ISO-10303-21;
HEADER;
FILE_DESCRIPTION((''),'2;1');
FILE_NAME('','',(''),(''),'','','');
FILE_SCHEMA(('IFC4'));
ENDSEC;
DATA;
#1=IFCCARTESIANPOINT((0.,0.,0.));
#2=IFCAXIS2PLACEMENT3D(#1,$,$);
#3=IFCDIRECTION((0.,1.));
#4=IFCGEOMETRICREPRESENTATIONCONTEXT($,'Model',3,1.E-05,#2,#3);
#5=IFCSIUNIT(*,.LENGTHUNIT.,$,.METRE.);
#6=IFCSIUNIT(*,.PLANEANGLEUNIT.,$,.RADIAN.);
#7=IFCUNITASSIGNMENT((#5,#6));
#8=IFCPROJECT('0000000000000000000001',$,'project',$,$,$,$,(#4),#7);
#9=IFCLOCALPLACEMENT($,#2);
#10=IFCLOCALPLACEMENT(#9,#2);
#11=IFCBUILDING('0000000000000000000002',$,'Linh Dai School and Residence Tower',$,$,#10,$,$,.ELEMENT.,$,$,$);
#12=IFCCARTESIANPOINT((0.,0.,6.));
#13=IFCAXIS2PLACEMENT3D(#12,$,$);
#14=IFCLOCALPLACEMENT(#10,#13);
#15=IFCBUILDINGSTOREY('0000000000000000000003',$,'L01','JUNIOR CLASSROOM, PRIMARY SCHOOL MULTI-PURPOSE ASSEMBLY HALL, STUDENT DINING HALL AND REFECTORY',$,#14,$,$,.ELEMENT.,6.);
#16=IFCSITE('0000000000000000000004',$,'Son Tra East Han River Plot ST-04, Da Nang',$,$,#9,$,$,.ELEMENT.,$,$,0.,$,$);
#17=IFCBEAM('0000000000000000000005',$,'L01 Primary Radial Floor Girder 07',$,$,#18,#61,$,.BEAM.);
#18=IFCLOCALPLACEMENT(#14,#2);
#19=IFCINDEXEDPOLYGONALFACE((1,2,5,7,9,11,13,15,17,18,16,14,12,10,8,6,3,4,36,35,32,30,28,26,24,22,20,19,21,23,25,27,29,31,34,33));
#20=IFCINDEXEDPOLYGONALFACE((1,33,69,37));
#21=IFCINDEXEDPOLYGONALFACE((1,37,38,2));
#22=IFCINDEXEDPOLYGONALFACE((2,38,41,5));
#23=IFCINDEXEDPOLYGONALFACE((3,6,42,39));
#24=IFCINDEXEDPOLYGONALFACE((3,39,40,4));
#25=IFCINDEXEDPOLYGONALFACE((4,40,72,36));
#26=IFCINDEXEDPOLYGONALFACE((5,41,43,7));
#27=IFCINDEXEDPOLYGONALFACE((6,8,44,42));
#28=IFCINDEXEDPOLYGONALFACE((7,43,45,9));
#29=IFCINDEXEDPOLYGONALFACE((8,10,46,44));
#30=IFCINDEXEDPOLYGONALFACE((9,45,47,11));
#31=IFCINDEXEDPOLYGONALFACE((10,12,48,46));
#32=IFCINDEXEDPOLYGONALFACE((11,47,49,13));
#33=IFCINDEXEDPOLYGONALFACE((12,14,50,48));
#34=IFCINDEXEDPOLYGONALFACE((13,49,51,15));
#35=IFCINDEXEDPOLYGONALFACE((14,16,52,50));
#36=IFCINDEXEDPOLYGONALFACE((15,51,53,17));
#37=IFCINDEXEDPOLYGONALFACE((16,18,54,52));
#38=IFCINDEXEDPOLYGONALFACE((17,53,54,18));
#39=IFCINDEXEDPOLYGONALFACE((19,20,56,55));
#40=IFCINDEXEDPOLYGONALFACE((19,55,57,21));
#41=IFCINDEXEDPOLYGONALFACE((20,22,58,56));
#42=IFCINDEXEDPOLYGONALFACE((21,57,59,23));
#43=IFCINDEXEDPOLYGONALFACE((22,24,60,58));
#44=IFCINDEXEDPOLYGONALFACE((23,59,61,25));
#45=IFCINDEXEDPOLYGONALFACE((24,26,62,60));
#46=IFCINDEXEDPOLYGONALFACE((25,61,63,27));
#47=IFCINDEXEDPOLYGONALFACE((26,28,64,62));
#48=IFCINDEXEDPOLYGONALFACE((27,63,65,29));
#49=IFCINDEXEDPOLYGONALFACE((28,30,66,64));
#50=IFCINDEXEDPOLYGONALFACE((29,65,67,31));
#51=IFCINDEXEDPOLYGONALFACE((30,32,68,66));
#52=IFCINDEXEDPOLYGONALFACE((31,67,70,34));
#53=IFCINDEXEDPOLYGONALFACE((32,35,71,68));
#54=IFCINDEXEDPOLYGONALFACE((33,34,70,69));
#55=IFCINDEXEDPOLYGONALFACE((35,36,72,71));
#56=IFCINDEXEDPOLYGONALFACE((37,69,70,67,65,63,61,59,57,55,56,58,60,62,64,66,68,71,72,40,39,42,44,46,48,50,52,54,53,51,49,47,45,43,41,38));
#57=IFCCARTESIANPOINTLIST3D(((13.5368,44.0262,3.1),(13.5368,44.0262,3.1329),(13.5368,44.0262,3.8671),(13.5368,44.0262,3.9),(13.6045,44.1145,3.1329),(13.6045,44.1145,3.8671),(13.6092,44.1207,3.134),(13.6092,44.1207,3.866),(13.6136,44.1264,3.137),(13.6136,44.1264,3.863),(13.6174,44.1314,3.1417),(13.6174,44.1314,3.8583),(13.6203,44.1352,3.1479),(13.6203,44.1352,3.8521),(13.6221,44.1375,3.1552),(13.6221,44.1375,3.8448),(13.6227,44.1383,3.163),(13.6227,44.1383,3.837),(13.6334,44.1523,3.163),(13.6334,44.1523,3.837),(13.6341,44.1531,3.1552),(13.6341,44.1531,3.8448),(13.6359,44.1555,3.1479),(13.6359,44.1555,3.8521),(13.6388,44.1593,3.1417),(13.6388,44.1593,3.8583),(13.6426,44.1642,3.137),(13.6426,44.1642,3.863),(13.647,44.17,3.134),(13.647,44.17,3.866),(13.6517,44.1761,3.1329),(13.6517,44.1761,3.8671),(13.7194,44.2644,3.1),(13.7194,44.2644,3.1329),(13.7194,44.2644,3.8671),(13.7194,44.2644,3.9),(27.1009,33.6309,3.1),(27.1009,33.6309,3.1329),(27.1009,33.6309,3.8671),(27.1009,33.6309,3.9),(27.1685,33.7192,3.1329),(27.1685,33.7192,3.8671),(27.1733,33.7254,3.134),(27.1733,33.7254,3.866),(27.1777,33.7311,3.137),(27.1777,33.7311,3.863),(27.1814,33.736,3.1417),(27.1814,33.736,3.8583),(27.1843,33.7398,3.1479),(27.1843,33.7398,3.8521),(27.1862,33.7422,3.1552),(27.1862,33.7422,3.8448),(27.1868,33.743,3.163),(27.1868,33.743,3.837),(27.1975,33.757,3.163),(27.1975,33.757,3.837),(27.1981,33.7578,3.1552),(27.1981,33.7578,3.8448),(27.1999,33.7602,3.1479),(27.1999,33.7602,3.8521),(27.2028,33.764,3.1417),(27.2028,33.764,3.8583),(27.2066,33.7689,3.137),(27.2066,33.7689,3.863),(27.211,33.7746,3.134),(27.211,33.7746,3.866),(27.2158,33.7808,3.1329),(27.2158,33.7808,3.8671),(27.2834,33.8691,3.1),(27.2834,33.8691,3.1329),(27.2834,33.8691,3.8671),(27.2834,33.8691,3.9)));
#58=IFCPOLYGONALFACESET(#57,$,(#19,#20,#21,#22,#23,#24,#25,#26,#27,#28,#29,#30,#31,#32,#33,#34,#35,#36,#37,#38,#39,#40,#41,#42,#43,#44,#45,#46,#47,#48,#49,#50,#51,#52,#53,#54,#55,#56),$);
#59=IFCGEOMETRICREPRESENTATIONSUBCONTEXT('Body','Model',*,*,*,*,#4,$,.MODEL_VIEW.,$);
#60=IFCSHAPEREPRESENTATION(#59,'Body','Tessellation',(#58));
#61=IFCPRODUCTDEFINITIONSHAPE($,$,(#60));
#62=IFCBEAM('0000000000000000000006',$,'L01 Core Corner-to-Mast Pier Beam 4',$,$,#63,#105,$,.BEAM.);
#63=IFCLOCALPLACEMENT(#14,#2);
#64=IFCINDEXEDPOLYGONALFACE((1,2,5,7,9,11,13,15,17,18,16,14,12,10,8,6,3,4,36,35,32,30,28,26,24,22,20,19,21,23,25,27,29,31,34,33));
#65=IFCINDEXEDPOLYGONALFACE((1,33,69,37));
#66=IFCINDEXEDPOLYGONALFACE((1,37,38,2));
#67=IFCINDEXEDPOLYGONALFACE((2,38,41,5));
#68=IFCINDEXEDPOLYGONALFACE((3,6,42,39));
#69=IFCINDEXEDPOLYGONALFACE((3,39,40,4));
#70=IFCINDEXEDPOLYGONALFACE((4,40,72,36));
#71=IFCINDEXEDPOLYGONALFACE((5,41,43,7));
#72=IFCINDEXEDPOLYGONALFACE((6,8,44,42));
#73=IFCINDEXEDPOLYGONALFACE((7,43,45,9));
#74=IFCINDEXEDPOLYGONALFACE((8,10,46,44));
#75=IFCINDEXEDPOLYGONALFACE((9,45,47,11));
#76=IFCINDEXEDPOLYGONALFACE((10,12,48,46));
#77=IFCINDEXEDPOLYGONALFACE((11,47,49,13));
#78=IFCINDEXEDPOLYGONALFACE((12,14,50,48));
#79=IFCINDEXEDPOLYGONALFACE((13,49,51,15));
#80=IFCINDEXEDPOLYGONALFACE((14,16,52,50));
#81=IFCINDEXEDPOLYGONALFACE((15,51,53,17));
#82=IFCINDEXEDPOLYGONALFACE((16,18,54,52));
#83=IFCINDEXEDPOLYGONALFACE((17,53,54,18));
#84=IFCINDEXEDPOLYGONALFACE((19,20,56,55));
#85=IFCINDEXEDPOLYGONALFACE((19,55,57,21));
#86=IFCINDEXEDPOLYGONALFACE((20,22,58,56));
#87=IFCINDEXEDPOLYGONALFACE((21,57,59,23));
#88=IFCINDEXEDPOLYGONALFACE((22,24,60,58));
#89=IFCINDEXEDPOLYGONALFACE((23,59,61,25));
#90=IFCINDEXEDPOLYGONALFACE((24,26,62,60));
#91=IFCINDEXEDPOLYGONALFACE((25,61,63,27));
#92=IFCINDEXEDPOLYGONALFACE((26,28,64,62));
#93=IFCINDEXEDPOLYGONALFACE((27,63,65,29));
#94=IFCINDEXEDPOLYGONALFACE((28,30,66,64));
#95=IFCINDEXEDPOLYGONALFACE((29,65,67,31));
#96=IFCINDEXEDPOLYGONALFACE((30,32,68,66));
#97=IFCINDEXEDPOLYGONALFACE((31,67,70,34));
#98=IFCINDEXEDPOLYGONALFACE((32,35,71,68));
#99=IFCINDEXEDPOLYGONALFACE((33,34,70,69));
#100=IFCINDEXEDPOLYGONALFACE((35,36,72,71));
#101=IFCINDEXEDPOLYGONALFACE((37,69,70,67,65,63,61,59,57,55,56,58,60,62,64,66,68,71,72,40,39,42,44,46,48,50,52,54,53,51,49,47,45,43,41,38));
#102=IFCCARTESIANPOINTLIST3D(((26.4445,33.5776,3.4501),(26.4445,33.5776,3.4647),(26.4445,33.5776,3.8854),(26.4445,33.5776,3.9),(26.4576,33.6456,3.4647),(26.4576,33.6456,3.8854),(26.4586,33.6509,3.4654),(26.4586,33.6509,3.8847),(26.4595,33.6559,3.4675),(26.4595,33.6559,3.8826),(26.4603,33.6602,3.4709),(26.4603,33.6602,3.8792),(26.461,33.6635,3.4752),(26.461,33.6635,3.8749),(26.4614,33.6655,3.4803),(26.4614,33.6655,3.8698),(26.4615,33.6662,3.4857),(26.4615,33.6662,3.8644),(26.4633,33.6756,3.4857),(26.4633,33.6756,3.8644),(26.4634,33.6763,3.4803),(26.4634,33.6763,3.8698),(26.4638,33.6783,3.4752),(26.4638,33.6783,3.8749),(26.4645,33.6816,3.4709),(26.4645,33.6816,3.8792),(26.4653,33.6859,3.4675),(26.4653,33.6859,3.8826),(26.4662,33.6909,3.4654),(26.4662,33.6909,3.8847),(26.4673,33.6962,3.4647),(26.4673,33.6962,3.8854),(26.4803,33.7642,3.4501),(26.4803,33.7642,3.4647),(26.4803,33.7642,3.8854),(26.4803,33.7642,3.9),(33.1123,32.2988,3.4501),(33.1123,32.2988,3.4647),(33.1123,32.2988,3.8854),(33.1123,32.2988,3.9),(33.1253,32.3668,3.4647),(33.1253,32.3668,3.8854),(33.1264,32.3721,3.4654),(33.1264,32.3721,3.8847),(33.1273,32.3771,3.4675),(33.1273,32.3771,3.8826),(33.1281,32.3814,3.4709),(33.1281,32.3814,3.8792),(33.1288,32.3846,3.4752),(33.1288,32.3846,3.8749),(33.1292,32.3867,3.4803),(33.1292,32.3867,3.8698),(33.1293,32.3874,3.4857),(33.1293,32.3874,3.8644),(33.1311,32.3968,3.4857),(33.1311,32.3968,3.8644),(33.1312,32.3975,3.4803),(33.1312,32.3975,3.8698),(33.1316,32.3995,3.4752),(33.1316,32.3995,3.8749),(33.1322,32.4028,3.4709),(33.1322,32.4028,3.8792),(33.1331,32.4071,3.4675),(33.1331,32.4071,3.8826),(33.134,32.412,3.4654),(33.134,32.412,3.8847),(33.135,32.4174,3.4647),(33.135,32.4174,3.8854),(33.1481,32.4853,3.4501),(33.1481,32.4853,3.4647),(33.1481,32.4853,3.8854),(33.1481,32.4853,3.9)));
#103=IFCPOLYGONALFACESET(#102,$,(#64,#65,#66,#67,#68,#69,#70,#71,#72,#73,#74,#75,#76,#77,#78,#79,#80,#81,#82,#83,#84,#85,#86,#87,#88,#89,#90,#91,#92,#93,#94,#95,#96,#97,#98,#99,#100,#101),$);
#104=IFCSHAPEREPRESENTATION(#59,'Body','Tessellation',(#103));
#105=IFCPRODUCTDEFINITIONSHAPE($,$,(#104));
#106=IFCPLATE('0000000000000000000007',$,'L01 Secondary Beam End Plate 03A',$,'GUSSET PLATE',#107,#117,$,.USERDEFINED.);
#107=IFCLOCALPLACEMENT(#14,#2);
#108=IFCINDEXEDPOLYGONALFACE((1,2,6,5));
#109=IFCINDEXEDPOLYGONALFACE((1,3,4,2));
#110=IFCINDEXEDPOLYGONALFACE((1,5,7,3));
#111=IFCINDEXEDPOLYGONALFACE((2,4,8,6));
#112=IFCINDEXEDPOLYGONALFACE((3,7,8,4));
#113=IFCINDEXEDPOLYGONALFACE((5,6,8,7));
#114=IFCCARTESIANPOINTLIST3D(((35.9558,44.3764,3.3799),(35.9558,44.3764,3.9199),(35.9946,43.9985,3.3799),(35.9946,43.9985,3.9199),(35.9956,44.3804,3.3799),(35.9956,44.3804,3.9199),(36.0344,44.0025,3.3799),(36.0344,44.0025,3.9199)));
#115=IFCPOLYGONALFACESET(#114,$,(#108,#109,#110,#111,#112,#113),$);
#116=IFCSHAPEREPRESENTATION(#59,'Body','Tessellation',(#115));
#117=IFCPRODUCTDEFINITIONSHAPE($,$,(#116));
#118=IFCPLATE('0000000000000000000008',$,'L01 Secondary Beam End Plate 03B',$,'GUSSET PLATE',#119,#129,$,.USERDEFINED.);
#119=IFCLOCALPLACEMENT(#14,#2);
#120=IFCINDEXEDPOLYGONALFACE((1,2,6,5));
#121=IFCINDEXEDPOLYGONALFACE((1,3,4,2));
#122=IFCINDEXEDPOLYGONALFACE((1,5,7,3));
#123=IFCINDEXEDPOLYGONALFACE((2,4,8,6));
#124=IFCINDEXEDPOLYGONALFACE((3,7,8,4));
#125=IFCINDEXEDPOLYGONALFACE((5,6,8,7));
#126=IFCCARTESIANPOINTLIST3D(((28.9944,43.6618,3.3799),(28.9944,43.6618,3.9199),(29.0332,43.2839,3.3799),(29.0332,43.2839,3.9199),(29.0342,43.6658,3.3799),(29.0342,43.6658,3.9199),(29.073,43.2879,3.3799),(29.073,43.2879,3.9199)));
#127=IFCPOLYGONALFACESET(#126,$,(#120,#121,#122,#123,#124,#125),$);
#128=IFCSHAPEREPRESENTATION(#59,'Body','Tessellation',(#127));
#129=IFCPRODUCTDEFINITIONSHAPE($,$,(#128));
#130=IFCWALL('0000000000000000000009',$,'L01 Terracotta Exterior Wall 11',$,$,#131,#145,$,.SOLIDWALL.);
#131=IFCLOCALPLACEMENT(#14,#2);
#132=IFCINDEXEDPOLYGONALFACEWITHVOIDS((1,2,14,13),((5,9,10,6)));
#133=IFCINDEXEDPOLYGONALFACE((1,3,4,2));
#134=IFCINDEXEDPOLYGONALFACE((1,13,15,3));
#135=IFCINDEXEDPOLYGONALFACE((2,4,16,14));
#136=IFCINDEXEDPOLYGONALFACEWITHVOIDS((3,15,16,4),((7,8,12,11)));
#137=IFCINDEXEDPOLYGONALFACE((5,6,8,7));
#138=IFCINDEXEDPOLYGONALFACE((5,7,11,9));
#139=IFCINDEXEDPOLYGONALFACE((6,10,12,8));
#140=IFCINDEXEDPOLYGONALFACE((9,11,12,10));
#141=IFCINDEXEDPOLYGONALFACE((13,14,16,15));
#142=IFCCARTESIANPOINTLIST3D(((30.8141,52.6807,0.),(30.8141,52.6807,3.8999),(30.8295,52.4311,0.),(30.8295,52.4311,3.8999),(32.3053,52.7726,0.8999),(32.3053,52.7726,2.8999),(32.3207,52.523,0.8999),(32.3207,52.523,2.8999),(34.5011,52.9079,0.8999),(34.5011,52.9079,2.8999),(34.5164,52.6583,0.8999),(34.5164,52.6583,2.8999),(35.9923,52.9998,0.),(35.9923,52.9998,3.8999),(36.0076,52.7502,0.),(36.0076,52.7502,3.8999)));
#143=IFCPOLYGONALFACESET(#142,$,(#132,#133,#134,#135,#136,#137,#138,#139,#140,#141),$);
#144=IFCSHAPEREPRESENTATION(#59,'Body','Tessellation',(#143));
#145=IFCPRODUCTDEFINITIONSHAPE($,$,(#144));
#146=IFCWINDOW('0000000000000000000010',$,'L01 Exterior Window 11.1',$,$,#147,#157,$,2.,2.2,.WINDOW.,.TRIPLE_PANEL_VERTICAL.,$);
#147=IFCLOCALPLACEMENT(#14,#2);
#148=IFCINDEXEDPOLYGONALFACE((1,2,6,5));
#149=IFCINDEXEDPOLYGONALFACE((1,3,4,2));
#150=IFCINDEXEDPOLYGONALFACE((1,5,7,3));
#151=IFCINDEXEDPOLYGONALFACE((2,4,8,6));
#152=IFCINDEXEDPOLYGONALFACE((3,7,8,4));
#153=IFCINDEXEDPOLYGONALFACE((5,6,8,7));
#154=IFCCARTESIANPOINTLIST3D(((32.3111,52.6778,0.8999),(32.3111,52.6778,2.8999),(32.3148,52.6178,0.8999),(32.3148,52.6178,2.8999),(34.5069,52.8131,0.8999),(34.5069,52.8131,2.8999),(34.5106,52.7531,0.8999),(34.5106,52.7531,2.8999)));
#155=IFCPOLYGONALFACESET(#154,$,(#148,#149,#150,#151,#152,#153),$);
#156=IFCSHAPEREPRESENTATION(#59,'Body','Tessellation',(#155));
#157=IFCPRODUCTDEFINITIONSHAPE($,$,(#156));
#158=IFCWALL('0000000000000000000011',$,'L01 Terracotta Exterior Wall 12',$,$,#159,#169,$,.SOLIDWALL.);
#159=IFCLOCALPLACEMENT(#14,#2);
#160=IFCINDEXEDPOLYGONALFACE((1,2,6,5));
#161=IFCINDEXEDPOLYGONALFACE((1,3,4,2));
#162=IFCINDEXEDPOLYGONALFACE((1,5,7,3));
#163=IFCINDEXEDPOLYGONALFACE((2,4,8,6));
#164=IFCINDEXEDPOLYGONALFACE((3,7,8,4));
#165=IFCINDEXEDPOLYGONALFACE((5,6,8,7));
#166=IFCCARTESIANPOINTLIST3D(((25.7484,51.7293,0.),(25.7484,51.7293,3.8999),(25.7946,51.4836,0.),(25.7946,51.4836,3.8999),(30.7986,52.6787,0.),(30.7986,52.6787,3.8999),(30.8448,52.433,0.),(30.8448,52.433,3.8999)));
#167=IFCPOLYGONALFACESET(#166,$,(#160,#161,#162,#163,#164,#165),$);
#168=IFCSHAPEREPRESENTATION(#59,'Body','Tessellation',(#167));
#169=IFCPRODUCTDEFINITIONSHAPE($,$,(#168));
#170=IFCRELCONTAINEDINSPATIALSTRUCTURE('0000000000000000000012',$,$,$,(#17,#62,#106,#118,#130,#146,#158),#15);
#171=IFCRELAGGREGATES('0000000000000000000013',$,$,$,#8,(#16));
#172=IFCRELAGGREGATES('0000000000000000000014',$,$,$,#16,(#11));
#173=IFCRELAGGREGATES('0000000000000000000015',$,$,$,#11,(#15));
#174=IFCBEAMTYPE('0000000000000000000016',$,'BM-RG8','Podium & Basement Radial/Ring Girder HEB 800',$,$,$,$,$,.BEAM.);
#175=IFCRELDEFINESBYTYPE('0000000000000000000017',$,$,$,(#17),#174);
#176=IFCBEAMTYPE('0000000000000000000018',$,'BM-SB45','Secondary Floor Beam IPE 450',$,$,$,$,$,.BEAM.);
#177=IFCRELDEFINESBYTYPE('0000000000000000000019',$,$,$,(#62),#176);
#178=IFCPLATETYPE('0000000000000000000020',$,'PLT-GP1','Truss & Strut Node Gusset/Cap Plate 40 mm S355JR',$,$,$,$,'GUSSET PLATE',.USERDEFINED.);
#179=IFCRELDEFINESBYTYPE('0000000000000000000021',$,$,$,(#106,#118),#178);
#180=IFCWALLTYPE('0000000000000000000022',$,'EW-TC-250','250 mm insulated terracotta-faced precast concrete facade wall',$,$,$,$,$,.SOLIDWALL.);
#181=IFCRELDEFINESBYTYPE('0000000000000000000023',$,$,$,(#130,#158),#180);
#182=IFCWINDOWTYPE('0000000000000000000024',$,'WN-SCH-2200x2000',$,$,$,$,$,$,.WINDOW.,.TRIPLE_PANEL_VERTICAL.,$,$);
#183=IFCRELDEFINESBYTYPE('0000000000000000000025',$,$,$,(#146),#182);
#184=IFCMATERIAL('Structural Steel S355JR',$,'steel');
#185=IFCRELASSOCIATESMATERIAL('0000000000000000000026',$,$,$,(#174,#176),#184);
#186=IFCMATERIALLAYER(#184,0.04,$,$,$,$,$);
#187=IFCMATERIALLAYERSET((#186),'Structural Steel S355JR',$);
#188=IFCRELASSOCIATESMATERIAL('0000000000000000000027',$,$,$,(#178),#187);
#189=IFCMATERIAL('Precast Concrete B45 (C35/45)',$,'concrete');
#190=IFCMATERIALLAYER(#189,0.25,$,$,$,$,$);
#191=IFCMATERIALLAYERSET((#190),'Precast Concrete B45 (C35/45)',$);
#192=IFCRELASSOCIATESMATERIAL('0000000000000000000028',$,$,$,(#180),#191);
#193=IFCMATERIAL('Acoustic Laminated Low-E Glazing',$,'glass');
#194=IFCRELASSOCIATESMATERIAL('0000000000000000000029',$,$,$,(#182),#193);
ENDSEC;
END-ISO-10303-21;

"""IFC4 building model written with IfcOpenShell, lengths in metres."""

from ifc_helpers import new_model, si_unit, direction, frame, frame_2d, origin, origin_2d, place, context, subcontext, project, spatial, rectangle, i_section, extrude, source, transform, mapped, material, layer, layer_set, material_profile, profile_set, type_object, element, fill, save


model = new_model("IFC4")

# Units and contexts
model_context = context("Model", 3, precision=1e-05, world=origin(), true_north=direction((0.0, 1.0)))
body_context = subcontext(model_context, "Body", "Model", "MODEL_VIEW")
ifc_project = project(units=[si_unit("LENGTHUNIT", "METRE"), si_unit("PLANEANGLEUNIT", "RADIAN")], contexts=[model_context])

# Site, building, storey
site_placement = place(None, origin())
site = spatial("IfcSite", under=ifc_project, at=site_placement, Name="Son Tra East Han River Plot ST-04, Da Nang", CompositionType="ELEMENT", RefElevation=0.0)
building_placement = place(site_placement, origin())
building = spatial("IfcBuilding", under=site, at=building_placement, Name="Linh Dai School and Residence Tower", CompositionType="ELEMENT")
storey_placement = place(building_placement, frame((0.0, 0.0, 6.0)))
storey = spatial("IfcBuildingStorey", under=building, at=storey_placement, Name="L01", Description="JUNIOR CLASSROOM, PRIMARY SCHOOL MULTI-PURPOSE ASSEMBLY HALL, STUDENT DINING HALL AND REFECTORY", CompositionType="ELEMENT", Elevation=6.0)

# Shared definitions
ifc_material_1 = material(Name="Structural Steel S355JR", Category="steel")

# Beams
ifc_material_profile_1 = material_profile(ifc_material_1, i_section(OverallWidth=0.3, OverallDepth=0.8, WebThickness=0.0176, FlangeThickness=0.033, FilletRadius=0.03, at=origin_2d()), Name="HEB 800")
ifc_profile_set_1 = profile_set([ifc_material_profile_1], Name="Structural Steel S355JR")
beam_type_1 = type_object("IfcBeamType", Name="BM-RG8", Description="Podium & Basement Radial/Ring Girder HEB 800", PredefinedType="BEAM", material=ifc_profile_set_1)
beam_1_placement = place(storey_placement, frame((27.1921, 33.75, 3.5), z_axis=(-0.793713, 0.608292, 0.0), x_axis=(-0.608292, -0.793713, 0.0)))
element("IfcBeam", 1, at=beam_1_placement, inside=storey, type_object=beam_type_1, Name="L01 Primary Radial Floor Girder 07", PredefinedType="BEAM", context=body_context, shape_type="SweptSolid", body=[
    extrude(i_section(OverallWidth=0.3, OverallDepth=0.8, WebThickness=0.0176, FlangeThickness=0.033, FilletRadius=0.03, at=origin_2d()), origin(), (0.0, 0.0, 1.0), 17.0894),
])
ifc_material_profile_2 = material_profile(ifc_material_1, i_section(OverallWidth=0.1899, OverallDepth=0.45, WebThickness=0.0095, FlangeThickness=0.0146, FilletRadius=0.021, at=origin_2d()), Name="IPE 450")
ifc_profile_set_2 = profile_set([ifc_material_profile_2], Name="Structural Steel S355JR")
beam_type_2 = type_object("IfcBeamType", Name="BM-SB45", Description="Secondary Floor Beam IPE 450", PredefinedType="BEAM", material=ifc_profile_set_2)
beam_2_placement = place(storey_placement, frame((26.4624, 33.6709, 3.675), z_axis=(0.9821, -0.188358, 0.0), x_axis=(0.188358, 0.9821, 0.0)))
element("IfcBeam", 2, at=beam_2_placement, inside=storey, type_object=beam_type_2, Name="L01 Core Corner-to-Mast Pier Beam 4", PredefinedType="BEAM", context=body_context, shape_type="SweptSolid", body=[
    extrude(i_section(OverallWidth=0.1899, OverallDepth=0.45, WebThickness=0.0095, FlangeThickness=0.0146, FilletRadius=0.021, at=origin_2d()), origin(), (0.0, 0.0, 1.0), 6.7893),
])

# Plates
ifc_layer_1 = layer(ifc_material_1, 0.04)
ifc_layer_set_1 = layer_set([ifc_layer_1], Name="Structural Steel S355JR")
plate_type = type_object("IfcPlateType", Name="PLT-GP1", Description="Truss & Strut Node Gusset/Cap Plate 40 mm S355JR", ElementType="GUSSET PLATE", PredefinedType="USERDEFINED", material=ifc_layer_set_1)
shared_shape_1 = source(origin(), body_context, "Body", "SweptSolid", [
    extrude(rectangle(XDim=0.04, YDim=0.3799, at=origin_2d()), origin(), (0.0, 0.0, 1.0), 0.54),
])
for number, where, z_axis, x_axis, name in (
    (3, (35.9951, 44.1895, 3.3799), (0.0, 0.0, 1.0), (-0.994772, -0.102124, 0.0), "L01 Secondary Beam End Plate 03A"),
    (4, (29.0337, 43.4749, 3.3799), (0.0, 0.0, 1.0), (-0.994772, -0.102124, 0.0), "L01 Secondary Beam End Plate 03B"),
):
    element("IfcPlate", number, at=place(storey_placement, frame(where, z_axis=z_axis, x_axis=x_axis)), inside=storey, type_object=plate_type, Name=name, ObjectType="GUSSET PLATE", PredefinedType="USERDEFINED", context=body_context, shape_type="MappedRepresentation", body=[
        mapped(shared_shape_1, transform((0.0, 0.0, 0.0), x_axis=(1.0, 0.0, 0.0), y_axis=(0.0, 1.0, 0.0), z_axis=(0.0, 0.0, 1.0), scale=1.0)),
    ])

# Wall, opening, window
ifc_material_2 = material(Name="Precast Concrete B45 (C35/45)", Category="concrete")
ifc_layer_2 = layer(ifc_material_2, 0.25)
ifc_layer_set_2 = layer_set([ifc_layer_2], Name="Precast Concrete B45 (C35/45)")
wall_type_1 = type_object("IfcWallType", Name="EW-TC-250", Description="250 mm insulated terracotta-faced precast concrete facade wall", PredefinedType="SOLIDWALL", material=ifc_layer_set_2)
wall_1_placement = place(storey_placement, frame((30.8218, 52.5559, 0.0), z_axis=(0.0, 0.0, 1.0), x_axis=(0.998107, 0.061505, 0.0)))
wall_1 = element("IfcWall", 5, at=wall_1_placement, inside=storey, type_object=wall_type_1, Name="L01 Terracotta Exterior Wall 11", PredefinedType="SOLIDWALL", context=body_context, shape_type="SweptSolid", body=[
    extrude(rectangle(XDim=5.188, YDim=0.25, at=frame_2d((2.594, 0.0))), origin(), (0.0, 0.0, 1.0), 3.8999),
])
opening_1_placement = place(wall_1_placement, frame((1.4939, 0.0, 0.8999)))
opening_1 = element("IfcOpeningElement", 6, at=opening_1_placement, cuts=wall_1, PredefinedType="OPENING", context=body_context, shape_type="SweptSolid", body=[
    extrude(rectangle(XDim=2.2, YDim=2.0, at=origin_2d()), frame((1.1001, 0.135, 1.0), z_axis=(0.0, -1.0, 0.0), x_axis=(1.0, 0.0, 0.0)), (0.0, 0.0, 1.0), 0.27),
])
ifc_material_3 = material(Name="Acoustic Laminated Low-E Glazing", Category="glass")
window_type = type_object("IfcWindowType", Name="WN-SCH-2200x2000", PartitioningType="TRIPLE_PANEL_VERTICAL", PredefinedType="WINDOW", material=ifc_material_3)
shared_shape_2 = source(origin(), body_context, "Body", "SweptSolid", [
    extrude(rectangle(XDim=2.2, YDim=2.0, at=origin_2d()), frame((1.1001, 0.03, 1.0), z_axis=(0.0, -1.0, 0.0), x_axis=(1.0, 0.0, 0.0)), (0.0, 0.0, 1.0), 0.0601),
])
window_placement = place(opening_1_placement, origin())
window = element("IfcWindow", 7, at=window_placement, inside=storey, type_object=window_type, Name="L01 Exterior Window 11.1", OverallHeight=2.0, OverallWidth=2.2, PartitioningType="TRIPLE_PANEL_VERTICAL", PredefinedType="WINDOW", context=body_context, shape_type="MappedRepresentation", body=[
    mapped(shared_shape_2, transform((0.0, 0.0, 0.0), x_axis=(1.0, 0.0, 0.0), y_axis=(0.0, 1.0, 0.0), z_axis=(0.0, 0.0, 1.0), scale=1.0)),
])
fill(opening_1, window)

# Wall
wall_2_placement = place(storey_placement, frame((25.7715, 51.6064, 0.0), z_axis=(0.0, 0.0, 1.0), x_axis=(0.982783, 0.184765, 0.0)))
element("IfcWall", 8, at=wall_2_placement, inside=storey, type_object=wall_type_1, Name="L01 Terracotta Exterior Wall 12", PredefinedType="SOLIDWALL", context=body_context, shape_type="SweptSolid", body=[
    extrude(rectangle(XDim=5.1387, YDim=0.25, at=frame_2d((2.5693, 0.0))), origin(), (0.0, 0.0, 1.0), 3.8999),
])

save(model, "model.ifc")
